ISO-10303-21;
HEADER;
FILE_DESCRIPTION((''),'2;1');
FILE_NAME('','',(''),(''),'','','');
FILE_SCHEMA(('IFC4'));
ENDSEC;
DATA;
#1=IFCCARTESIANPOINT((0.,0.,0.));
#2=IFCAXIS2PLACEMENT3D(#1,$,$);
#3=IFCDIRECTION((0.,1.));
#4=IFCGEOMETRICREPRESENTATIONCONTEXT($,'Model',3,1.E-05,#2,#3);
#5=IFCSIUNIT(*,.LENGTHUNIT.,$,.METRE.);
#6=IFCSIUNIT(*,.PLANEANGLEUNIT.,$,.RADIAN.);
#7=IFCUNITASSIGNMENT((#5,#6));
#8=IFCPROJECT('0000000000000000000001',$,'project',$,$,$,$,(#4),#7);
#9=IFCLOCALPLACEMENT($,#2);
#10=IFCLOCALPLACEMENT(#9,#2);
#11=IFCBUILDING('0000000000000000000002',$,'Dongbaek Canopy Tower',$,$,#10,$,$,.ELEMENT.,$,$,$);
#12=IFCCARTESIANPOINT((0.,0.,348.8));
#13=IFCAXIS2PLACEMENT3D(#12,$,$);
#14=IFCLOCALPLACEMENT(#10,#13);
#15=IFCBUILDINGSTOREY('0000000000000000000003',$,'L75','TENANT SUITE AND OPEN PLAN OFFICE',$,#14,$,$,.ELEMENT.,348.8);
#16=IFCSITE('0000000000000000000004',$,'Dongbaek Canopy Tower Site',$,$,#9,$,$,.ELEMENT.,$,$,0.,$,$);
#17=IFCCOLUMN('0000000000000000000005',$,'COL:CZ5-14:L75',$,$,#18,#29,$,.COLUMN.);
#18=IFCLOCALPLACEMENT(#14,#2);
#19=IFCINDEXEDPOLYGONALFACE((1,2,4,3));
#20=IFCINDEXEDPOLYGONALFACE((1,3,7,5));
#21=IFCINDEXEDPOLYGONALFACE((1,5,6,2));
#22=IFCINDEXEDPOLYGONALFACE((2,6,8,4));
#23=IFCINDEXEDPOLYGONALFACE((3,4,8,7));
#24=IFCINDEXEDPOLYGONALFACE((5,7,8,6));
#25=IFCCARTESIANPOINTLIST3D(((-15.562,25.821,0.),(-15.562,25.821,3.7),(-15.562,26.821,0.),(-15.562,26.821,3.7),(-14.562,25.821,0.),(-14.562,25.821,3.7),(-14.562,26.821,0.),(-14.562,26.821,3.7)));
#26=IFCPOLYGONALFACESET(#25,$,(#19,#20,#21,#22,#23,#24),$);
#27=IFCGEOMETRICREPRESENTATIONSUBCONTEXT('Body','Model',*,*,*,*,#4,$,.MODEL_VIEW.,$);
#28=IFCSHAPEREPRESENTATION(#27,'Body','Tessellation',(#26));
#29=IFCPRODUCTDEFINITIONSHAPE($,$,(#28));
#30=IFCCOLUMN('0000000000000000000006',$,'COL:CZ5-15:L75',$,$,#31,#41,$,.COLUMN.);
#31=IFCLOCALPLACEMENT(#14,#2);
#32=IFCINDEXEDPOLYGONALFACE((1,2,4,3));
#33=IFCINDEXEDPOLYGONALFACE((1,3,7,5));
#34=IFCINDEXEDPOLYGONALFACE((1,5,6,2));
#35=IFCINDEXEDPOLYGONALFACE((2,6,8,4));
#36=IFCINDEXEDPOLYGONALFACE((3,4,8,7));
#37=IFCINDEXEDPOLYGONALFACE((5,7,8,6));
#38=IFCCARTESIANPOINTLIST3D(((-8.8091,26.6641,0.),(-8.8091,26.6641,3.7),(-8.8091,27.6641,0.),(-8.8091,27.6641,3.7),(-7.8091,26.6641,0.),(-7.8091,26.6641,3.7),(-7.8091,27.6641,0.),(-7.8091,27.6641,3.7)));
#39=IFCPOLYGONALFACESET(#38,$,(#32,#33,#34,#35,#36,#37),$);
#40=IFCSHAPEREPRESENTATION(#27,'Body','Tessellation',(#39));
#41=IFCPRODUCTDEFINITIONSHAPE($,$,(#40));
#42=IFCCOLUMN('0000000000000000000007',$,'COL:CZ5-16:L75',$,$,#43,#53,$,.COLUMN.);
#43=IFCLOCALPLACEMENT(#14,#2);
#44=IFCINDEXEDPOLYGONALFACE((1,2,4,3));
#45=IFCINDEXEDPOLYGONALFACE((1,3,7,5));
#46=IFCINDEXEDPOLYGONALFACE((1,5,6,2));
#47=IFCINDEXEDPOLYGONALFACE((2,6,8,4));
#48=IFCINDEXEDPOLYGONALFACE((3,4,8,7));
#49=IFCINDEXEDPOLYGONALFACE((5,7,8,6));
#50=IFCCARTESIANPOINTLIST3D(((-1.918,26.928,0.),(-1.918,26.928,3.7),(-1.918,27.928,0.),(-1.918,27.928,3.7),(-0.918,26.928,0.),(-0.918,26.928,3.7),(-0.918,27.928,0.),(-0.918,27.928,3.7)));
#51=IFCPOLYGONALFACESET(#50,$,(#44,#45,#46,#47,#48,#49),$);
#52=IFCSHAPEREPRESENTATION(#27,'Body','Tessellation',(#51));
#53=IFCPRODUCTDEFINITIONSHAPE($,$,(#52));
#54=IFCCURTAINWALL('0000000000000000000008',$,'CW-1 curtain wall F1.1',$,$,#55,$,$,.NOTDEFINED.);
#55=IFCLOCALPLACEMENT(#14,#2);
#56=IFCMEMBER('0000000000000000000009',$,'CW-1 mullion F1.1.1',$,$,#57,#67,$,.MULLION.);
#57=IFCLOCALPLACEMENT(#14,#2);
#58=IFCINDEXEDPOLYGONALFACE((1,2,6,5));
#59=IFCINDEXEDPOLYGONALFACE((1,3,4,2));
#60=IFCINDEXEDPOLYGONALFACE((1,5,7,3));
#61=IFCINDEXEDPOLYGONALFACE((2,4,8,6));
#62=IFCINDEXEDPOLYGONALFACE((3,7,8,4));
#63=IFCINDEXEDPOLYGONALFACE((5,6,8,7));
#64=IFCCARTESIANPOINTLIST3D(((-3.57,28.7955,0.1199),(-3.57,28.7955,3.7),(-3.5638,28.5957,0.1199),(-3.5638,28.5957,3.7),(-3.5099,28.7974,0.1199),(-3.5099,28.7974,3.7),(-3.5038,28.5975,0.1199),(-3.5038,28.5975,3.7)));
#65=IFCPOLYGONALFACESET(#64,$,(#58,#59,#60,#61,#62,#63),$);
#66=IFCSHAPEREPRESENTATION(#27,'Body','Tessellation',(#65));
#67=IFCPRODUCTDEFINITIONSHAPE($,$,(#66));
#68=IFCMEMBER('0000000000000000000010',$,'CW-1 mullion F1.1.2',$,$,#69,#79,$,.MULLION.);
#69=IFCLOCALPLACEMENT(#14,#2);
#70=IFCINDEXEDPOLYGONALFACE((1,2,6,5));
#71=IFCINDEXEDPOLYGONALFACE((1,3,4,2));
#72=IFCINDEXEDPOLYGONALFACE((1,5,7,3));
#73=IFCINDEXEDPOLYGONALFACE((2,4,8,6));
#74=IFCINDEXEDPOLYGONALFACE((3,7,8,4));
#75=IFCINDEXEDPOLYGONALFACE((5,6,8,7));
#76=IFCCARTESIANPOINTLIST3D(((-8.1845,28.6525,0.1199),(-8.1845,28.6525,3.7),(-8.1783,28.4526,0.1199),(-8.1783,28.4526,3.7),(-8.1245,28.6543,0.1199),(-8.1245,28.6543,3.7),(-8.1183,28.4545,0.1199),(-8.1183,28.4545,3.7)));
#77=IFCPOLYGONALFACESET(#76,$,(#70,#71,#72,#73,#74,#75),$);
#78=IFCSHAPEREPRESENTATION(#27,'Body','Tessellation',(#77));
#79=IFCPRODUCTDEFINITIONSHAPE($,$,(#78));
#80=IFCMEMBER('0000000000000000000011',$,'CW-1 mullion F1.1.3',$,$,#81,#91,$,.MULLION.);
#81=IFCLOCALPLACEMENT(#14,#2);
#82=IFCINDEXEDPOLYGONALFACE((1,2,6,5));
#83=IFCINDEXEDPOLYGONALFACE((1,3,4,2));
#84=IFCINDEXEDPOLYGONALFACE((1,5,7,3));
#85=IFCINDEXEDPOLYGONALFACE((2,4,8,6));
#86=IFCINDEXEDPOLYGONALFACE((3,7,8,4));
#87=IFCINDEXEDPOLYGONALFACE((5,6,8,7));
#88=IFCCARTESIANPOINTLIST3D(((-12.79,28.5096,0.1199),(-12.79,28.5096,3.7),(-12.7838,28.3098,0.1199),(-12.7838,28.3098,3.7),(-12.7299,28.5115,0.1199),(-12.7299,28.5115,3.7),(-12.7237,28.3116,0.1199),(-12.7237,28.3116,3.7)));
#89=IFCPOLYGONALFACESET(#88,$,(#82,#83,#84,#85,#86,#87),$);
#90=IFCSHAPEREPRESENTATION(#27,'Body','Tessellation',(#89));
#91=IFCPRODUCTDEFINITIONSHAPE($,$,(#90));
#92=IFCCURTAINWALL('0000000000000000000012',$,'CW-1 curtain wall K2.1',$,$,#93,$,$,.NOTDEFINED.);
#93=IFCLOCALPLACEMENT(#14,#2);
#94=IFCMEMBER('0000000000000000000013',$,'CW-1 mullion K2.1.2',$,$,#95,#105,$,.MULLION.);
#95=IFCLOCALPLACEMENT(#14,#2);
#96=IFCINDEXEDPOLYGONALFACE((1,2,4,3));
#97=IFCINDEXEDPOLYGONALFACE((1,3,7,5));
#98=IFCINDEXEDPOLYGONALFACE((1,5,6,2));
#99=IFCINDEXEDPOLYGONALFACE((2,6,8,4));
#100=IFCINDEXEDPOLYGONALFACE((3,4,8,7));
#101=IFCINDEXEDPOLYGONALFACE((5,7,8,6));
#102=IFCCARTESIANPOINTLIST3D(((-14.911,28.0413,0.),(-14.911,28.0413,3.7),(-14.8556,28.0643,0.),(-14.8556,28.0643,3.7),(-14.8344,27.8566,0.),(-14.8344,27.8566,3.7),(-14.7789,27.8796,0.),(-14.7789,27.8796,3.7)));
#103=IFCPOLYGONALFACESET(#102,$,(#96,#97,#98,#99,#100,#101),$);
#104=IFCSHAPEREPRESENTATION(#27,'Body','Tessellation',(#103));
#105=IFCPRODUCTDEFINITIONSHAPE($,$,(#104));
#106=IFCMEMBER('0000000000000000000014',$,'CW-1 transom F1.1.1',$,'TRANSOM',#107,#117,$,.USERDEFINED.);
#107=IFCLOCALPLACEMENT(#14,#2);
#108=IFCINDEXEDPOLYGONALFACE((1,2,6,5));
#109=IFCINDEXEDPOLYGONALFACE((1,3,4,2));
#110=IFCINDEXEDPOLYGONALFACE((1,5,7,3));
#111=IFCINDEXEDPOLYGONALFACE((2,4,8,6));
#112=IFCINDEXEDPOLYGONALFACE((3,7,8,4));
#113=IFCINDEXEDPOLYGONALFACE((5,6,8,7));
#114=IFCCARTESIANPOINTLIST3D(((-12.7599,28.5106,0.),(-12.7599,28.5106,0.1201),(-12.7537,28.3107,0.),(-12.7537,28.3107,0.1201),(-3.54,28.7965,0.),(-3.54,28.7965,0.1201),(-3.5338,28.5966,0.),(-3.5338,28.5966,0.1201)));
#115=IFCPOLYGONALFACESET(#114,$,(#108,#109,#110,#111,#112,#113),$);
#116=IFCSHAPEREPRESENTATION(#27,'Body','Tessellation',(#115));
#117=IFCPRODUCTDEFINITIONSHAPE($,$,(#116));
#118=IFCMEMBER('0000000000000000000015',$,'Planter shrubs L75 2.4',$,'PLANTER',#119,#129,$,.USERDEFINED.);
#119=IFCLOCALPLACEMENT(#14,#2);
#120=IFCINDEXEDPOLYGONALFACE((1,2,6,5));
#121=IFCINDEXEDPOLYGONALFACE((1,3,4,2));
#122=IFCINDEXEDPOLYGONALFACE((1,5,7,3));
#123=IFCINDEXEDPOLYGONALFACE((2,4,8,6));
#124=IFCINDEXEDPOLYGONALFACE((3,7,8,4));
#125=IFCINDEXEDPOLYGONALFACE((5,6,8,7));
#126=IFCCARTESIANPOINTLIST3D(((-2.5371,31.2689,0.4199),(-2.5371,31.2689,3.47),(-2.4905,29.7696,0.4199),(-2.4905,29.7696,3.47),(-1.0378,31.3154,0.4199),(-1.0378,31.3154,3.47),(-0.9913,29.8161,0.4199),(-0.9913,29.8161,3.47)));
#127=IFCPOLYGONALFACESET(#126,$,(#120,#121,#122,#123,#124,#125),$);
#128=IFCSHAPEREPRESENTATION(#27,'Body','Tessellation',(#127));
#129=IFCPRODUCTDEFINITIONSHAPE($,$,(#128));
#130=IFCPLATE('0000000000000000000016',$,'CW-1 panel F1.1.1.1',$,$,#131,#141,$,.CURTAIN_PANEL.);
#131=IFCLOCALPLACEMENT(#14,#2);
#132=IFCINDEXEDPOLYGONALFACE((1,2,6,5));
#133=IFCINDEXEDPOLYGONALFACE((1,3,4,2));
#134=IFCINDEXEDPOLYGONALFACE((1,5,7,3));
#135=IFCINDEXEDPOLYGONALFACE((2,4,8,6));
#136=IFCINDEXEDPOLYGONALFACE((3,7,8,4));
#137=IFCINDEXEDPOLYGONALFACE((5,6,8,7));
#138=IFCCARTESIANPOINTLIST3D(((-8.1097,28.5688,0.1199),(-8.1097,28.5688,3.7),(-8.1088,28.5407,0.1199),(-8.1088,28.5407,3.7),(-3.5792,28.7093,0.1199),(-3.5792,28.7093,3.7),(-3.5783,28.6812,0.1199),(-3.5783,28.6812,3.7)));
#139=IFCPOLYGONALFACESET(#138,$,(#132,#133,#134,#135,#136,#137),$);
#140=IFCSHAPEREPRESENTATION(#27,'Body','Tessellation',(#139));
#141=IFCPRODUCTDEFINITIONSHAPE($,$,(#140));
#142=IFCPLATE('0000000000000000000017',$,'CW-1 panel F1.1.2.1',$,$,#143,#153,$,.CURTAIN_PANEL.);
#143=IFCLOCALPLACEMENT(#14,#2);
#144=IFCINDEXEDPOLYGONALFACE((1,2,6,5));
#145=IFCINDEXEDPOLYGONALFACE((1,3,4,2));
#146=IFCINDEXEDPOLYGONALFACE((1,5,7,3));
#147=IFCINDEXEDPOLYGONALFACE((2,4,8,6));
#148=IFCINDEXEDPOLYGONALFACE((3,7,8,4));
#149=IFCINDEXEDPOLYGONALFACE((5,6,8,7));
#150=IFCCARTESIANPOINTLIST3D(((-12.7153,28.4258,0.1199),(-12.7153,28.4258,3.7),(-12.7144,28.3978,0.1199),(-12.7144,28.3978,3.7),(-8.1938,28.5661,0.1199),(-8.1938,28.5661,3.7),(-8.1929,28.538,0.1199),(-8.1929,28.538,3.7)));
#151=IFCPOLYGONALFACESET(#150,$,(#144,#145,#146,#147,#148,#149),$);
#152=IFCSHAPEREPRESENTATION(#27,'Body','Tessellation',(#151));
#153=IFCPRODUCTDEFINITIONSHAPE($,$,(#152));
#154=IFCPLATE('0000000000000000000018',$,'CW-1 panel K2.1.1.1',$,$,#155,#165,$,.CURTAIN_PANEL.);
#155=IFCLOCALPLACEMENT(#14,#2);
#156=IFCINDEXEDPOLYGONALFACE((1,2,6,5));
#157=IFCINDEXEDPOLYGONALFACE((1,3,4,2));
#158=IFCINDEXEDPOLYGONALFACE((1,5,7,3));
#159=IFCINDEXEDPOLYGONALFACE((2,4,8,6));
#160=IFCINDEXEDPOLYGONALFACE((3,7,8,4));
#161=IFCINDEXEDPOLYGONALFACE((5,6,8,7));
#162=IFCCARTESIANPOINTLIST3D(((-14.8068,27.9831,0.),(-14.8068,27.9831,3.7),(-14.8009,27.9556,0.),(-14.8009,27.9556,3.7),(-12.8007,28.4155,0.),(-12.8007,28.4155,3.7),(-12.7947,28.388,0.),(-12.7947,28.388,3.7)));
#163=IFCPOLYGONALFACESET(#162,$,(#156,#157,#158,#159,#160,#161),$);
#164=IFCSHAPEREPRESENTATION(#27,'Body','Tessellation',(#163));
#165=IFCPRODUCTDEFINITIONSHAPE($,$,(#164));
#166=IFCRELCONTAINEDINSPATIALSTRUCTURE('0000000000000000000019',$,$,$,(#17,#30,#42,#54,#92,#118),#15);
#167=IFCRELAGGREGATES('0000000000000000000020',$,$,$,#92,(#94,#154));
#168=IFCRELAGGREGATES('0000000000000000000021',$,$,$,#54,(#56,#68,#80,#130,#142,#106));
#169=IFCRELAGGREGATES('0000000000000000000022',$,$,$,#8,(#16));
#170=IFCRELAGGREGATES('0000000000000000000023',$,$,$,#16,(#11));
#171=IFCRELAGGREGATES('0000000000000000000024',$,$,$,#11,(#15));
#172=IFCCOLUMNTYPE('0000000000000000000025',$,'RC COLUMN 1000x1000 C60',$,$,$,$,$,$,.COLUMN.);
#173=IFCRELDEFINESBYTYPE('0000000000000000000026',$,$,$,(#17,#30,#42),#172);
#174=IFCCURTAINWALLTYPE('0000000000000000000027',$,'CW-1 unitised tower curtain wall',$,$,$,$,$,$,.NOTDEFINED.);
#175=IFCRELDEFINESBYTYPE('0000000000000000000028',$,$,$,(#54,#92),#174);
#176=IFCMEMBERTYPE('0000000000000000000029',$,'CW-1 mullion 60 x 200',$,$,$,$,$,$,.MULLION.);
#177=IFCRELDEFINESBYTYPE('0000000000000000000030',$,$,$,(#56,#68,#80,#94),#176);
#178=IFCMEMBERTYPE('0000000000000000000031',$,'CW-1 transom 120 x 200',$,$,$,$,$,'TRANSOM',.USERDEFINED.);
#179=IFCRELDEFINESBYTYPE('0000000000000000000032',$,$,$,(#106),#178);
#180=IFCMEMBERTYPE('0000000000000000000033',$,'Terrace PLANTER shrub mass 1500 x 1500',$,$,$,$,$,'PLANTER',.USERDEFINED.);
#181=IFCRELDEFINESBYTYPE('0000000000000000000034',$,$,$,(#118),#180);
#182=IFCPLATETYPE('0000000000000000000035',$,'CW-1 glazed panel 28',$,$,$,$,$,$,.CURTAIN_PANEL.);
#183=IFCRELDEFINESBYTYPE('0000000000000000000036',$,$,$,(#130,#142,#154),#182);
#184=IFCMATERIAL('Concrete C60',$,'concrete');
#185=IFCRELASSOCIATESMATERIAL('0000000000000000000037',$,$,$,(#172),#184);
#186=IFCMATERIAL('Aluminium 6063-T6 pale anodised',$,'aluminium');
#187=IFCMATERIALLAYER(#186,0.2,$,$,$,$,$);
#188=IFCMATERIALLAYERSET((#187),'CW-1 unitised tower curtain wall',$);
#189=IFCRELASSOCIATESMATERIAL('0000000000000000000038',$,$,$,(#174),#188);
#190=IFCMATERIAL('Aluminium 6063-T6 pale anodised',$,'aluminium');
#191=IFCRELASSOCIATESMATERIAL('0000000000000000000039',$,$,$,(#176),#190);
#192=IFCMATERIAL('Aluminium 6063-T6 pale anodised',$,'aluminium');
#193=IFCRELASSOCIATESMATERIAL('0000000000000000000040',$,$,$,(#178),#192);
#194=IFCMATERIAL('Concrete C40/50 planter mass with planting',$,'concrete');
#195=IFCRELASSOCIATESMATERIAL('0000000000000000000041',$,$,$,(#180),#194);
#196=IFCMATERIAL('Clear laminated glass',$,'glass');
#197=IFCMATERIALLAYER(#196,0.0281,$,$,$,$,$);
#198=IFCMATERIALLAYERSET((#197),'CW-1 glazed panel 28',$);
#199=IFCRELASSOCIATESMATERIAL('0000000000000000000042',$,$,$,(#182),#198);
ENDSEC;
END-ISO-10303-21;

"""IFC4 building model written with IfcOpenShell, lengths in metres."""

from ifc_helpers import new_model, si_unit, direction, frame, origin, origin_2d, place, context, subcontext, project, spatial, rectangle, extrude, material, layer, layer_set, material_profile, profile_set, type_object, element, aggregate, save


model = new_model("IFC4")

# Units and contexts
model_context = context("Model", 3, precision=1e-05, world=origin(), true_north=direction((0.0, 1.0)))
body_context = subcontext(model_context, "Body", "Model", "MODEL_VIEW")
ifc_project = project(units=[si_unit("LENGTHUNIT", "METRE"), si_unit("PLANEANGLEUNIT", "RADIAN")], contexts=[model_context])

# Site, building, storey
site_placement = place(None, origin())
site = spatial("IfcSite", under=ifc_project, at=site_placement, Name="Dongbaek Canopy Tower Site", CompositionType="ELEMENT", RefElevation=0.0)
building_placement = place(site_placement, origin())
building = spatial("IfcBuilding", under=site, at=building_placement, Name="Dongbaek Canopy Tower", CompositionType="ELEMENT")
storey_placement = place(building_placement, frame((0.0, 0.0, 348.8)))
storey = spatial("IfcBuildingStorey", under=building, at=storey_placement, Name="L75", Description="TENANT SUITE AND OPEN PLAN OFFICE", CompositionType="ELEMENT", Elevation=348.8)

# Columns
ifc_material_1 = material(Name="Concrete C60", Category="concrete")
ifc_material_profile_1 = material_profile(ifc_material_1, rectangle(XDim=1.0, YDim=1.0, at=origin_2d()), Name="RC COLUMN 1000x1000 C60")
ifc_profile_set_1 = profile_set([ifc_material_profile_1], Name="Concrete C60")
column_type = type_object("IfcColumnType", Name="RC COLUMN 1000x1000 C60", PredefinedType="COLUMN", material=ifc_profile_set_1)
for number, where, z_axis, x_axis, name in (
    (1, (-15.062, 26.321, 0.0), (0.0, 0.0, 1.0), (1.0, 0.0, 0.0), "COL:CZ5-14:L75"),
    (2, (-8.3091, 27.1641, 0.0), (0.0, 0.0, 1.0), (1.0, 0.0, 0.0), "COL:CZ5-15:L75"),
    (3, (-1.418, 27.428, 0.0), (0.0, 0.0, 1.0), (1.0, 0.0, 0.0), "COL:CZ5-16:L75"),
):
    element("IfcColumn", number, at=place(storey_placement, frame(where, z_axis=z_axis, x_axis=x_axis)), inside=storey, type_object=column_type, Name=name, PredefinedType="COLUMN", context=body_context, shape_type="SweptSolid", body=[
        extrude(rectangle(XDim=1.0, YDim=1.0, at=origin_2d()), origin(), (0.0, 0.0, 1.0), 3.7),
    ])

# Curtain wall, members
ifc_material_2 = material(Name="Aluminium 6063-T6 pale anodised", Category="aluminium")
ifc_layer_1 = layer(ifc_material_2, 0.2)
ifc_layer_set_1 = layer_set([ifc_layer_1], Name="CW-1 unitised tower curtain wall")
curtain_wall_type = type_object("IfcCurtainWallType", Name="CW-1 unitised tower curtain wall", PredefinedType="NOTDEFINED", material=ifc_layer_set_1)
curtain_wall_1_placement = place(storey_placement, origin())
curtain_wall_1 = element("IfcCurtainWall", 4, at=curtain_wall_1_placement, inside=storey, type_object=curtain_wall_type, Name="CW-1 curtain wall F1.1", PredefinedType="NOTDEFINED")
ifc_material_3 = material(Name="Aluminium 6063-T6 pale anodised", Category="aluminium")
ifc_material_profile_2 = material_profile(ifc_material_3, rectangle(XDim=0.2, YDim=0.0601, at=origin_2d()), Name="CW-1 mullion 60 x 200")
ifc_profile_set_2 = profile_set([ifc_material_profile_2], Name="Aluminium 6063-T6 pale anodised")
member_type_1 = type_object("IfcMemberType", Name="CW-1 mullion 60 x 200", PredefinedType="MULLION", material=ifc_profile_set_2)
member_1_placement = place(storey_placement, frame((-3.5369, 28.6965, 0.1199), z_axis=(0.0, 0.0, 1.0), x_axis=(-0.031003, 0.999519, 0.0)))
member_1 = element("IfcMember", 5, at=member_1_placement, type_object=member_type_1, Name="CW-1 mullion F1.1.1", PredefinedType="MULLION", context=body_context, shape_type="SweptSolid", body=[
    extrude(rectangle(XDim=0.2, YDim=0.0601, at=origin_2d()), origin(), (0.0, 0.0, 1.0), 3.5801),
])
member_2_placement = place(storey_placement, frame((-8.1514, 28.5535, 0.1199), z_axis=(0.0, 0.0, 1.0), x_axis=(-0.031003, 0.999519, 0.0)))
member_2 = element("IfcMember", 6, at=member_2_placement, type_object=member_type_1, Name="CW-1 mullion F1.1.2", PredefinedType="MULLION", context=body_context, shape_type="SweptSolid", body=[
    extrude(rectangle(XDim=0.2, YDim=0.0601, at=origin_2d()), origin(), (0.0, 0.0, 1.0), 3.5801),
])
member_3_placement = place(storey_placement, frame((-12.7568, 28.4106, 0.1199), z_axis=(0.0, 0.0, 1.0), x_axis=(-0.031003, 0.999519, 0.0)))
member_3 = element("IfcMember", 7, at=member_3_placement, type_object=member_type_1, Name="CW-1 mullion F1.1.3", PredefinedType="MULLION", context=body_context, shape_type="SweptSolid", body=[
    extrude(rectangle(XDim=0.2, YDim=0.0601, at=origin_2d()), origin(), (0.0, 0.0, 1.0), 3.5801),
])

# Curtain wall, member
curtain_wall_2_placement = place(storey_placement, origin())
curtain_wall_2 = element("IfcCurtainWall", 8, at=curtain_wall_2_placement, inside=storey, type_object=curtain_wall_type, Name="CW-1 curtain wall K2.1", PredefinedType="NOTDEFINED")
member_4_placement = place(storey_placement, frame((-14.845, 27.9604, 0.0), z_axis=(0.0, 0.0, 1.0), x_axis=(-0.383511, 0.923536, 0.0)))
member_4 = element("IfcMember", 9, at=member_4_placement, type_object=member_type_1, Name="CW-1 mullion K2.1.2", PredefinedType="MULLION", context=body_context, shape_type="SweptSolid", body=[
    extrude(rectangle(XDim=0.2, YDim=0.0601, at=origin_2d()), origin(), (0.0, 0.0, 1.0), 3.7),
])

# Members
ifc_material_4 = material(Name="Aluminium 6063-T6 pale anodised", Category="aluminium")
ifc_material_profile_3 = material_profile(ifc_material_4, rectangle(XDim=0.2, YDim=0.1201, at=origin_2d()), Name="CW-1 transom 120 x 200")
ifc_profile_set_3 = profile_set([ifc_material_profile_3], Name="Aluminium 6063-T6 pale anodised")
member_type_2 = type_object("IfcMemberType", Name="CW-1 transom 120 x 200", ElementType="TRANSOM", PredefinedType="USERDEFINED", material=ifc_profile_set_3)
member_5_placement = place(storey_placement, frame((-3.5369, 28.6965, 0.0601), z_axis=(-0.99952, -0.030993, 0.0), x_axis=(0.030993, -0.99952, 0.0)))
member_5 = element("IfcMember", 10, at=member_5_placement, type_object=member_type_2, Name="CW-1 transom F1.1.1", ObjectType="TRANSOM", PredefinedType="USERDEFINED", context=body_context, shape_type="SweptSolid", body=[
    extrude(rectangle(XDim=0.2, YDim=0.1201, at=origin_2d()), origin(), (0.0, 0.0, 1.0), 9.2244),
])
ifc_material_5 = material(Name="Concrete C40/50 planter mass with planting", Category="concrete")
ifc_material_profile_4 = material_profile(ifc_material_5, rectangle(XDim=1.5, YDim=1.5, at=origin_2d()), Name="Terrace PLANTER shrub mass 1500 x 1500")
ifc_profile_set_4 = profile_set([ifc_material_profile_4], Name="Concrete C40/50 planter mass with planting")
member_type_3 = type_object("IfcMemberType", Name="Terrace PLANTER shrub mass 1500 x 1500", ElementType="PLANTER", PredefinedType="USERDEFINED", material=ifc_profile_set_4)
member_6_placement = place(storey_placement, frame((-1.7642, 30.5425, 0.4199), z_axis=(0.0, 0.0, 1.0), x_axis=(-0.031003, 0.999519, 0.0)))
element("IfcMember", 11, at=member_6_placement, inside=storey, type_object=member_type_3, Name="Planter shrubs L75 2.4", ObjectType="PLANTER", PredefinedType="USERDEFINED", context=body_context, shape_type="SweptSolid", body=[
    extrude(rectangle(XDim=1.5, YDim=1.5, at=origin_2d()), origin(), (0.0, 0.0, 1.0), 3.05),
])

# Plates
ifc_material_6 = material(Name="Clear laminated glass", Category="glass")
ifc_layer_2 = layer(ifc_material_6, 0.0281)
ifc_layer_set_2 = layer_set([ifc_layer_2], Name="CW-1 glazed panel 28")
plate_type = type_object("IfcPlateType", Name="CW-1 glazed panel 28", PredefinedType="CURTAIN_PANEL", material=ifc_layer_set_2)
plate_1_placement = place(storey_placement, frame((-5.844, 28.625, 0.1199), z_axis=(0.0, 0.0, 1.0), x_axis=(-0.999519, -0.031003, 0.0)))
plate_1 = element("IfcPlate", 12, at=plate_1_placement, type_object=plate_type, Name="CW-1 panel F1.1.1.1", PredefinedType="CURTAIN_PANEL", context=body_context, shape_type="SweptSolid", body=[
    extrude(rectangle(XDim=4.5327, YDim=0.0281, at=origin_2d()), origin(), (0.0, 0.0, 1.0), 3.5801),
])
plate_2_placement = place(storey_placement, frame((-10.4541, 28.4819, 0.1199), z_axis=(0.0, 0.0, 1.0), x_axis=(-0.999519, -0.031003, 0.0)))
plate_2 = element("IfcPlate", 13, at=plate_2_placement, type_object=plate_type, Name="CW-1 panel F1.1.2.1", PredefinedType="CURTAIN_PANEL", context=body_context, shape_type="SweptSolid", body=[
    extrude(rectangle(XDim=4.5237, YDim=0.0281, at=origin_2d()), origin(), (0.0, 0.0, 1.0), 3.5801),
])
plate_3_placement = place(storey_placement, frame((-13.8008, 28.1855, 0.0), z_axis=(0.0, 0.0, 1.0), x_axis=(-0.977549, -0.21071, 0.0)))
plate_3 = element("IfcPlate", 14, at=plate_3_placement, type_object=plate_type, Name="CW-1 panel K2.1.1.1", PredefinedType="CURTAIN_PANEL", context=body_context, shape_type="SweptSolid", body=[
    extrude(rectangle(XDim=2.0522, YDim=0.0281, at=origin_2d()), origin(), (0.0, 0.0, 1.0), 3.7),
])
aggregate(curtain_wall_2, [member_4, plate_3])

aggregate(curtain_wall_1, [member_1, member_2, member_3, plate_1, plate_2, member_5])

save(model, "model.ifc")
